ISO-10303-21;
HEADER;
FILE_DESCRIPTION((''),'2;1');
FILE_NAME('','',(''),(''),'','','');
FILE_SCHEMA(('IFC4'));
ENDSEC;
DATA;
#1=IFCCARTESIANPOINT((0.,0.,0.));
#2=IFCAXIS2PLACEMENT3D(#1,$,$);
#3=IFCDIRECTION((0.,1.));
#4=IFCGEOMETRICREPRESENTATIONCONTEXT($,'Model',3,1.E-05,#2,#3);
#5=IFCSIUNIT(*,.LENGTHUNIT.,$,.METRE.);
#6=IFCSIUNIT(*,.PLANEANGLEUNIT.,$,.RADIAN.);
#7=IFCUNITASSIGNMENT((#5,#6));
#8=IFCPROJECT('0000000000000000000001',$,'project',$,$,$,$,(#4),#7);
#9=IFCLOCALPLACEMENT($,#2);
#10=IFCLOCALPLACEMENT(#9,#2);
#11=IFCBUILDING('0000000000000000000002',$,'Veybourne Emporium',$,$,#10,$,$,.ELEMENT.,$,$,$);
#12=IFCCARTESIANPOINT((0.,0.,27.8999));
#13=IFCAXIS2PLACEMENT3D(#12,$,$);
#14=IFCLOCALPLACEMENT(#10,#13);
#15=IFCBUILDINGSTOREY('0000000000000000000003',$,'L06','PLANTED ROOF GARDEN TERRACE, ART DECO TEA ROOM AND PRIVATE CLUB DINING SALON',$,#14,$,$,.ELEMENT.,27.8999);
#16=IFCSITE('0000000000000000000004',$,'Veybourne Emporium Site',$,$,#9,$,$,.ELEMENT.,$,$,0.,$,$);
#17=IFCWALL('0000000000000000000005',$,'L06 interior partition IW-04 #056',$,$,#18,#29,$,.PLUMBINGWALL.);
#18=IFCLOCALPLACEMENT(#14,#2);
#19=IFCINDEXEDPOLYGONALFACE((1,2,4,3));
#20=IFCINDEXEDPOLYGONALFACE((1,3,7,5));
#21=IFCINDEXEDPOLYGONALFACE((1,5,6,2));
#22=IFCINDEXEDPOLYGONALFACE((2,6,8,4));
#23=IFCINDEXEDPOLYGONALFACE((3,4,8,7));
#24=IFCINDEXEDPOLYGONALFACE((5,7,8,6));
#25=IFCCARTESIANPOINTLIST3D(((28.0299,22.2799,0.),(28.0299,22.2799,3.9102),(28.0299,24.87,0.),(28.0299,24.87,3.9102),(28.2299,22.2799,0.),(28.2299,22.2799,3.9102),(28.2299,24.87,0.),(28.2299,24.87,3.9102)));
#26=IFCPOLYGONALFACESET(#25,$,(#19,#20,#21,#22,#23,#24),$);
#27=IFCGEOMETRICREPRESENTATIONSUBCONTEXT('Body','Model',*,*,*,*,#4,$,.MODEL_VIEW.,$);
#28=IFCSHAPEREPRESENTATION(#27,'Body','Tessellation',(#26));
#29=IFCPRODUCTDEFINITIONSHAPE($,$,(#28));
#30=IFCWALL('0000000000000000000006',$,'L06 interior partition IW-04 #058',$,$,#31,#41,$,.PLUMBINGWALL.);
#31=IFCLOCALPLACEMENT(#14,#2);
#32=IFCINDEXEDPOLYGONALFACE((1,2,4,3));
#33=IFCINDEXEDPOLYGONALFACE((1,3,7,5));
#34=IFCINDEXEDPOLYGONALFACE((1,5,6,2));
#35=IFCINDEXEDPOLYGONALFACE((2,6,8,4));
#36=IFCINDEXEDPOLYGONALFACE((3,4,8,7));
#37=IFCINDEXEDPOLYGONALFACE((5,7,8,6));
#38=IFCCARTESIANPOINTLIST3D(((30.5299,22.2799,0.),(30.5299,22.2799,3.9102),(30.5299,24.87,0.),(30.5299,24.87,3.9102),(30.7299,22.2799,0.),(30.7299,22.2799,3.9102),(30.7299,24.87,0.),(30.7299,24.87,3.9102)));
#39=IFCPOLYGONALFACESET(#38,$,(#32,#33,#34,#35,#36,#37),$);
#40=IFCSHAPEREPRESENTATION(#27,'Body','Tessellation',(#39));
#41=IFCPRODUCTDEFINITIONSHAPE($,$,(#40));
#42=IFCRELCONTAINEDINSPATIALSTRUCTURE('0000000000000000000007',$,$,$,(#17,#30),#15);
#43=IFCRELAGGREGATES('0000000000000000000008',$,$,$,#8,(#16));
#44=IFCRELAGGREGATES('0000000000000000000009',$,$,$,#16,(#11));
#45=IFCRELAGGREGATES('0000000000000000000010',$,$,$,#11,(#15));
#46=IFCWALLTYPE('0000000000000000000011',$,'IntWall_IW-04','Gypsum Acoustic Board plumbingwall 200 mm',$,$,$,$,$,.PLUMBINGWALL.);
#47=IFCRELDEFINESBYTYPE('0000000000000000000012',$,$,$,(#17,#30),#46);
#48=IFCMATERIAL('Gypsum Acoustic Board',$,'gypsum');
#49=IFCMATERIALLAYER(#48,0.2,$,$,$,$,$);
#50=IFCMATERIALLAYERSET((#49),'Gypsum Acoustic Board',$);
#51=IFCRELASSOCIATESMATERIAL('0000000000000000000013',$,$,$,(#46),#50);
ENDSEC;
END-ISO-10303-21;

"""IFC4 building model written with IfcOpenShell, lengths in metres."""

from ifc_helpers import new_model, si_unit, direction, frame, frame_2d, origin, place, context, subcontext, project, spatial, rectangle, extrude, material, layer, layer_set, type_object, element, save


model = new_model("IFC4")

# Units and contexts
model_context = context("Model", 3, precision=1e-05, world=origin(), true_north=direction((0.0, 1.0)))
body_context = subcontext(model_context, "Body", "Model", "MODEL_VIEW")
ifc_project = project(units=[si_unit("LENGTHUNIT", "METRE"), si_unit("PLANEANGLEUNIT", "RADIAN")], contexts=[model_context])

# Site, building, storey
site_placement = place(None, origin())
site = spatial("IfcSite", under=ifc_project, at=site_placement, Name="Veybourne Emporium Site", CompositionType="ELEMENT", RefElevation=0.0)
building_placement = place(site_placement, origin())
building = spatial("IfcBuilding", under=site, at=building_placement, Name="Veybourne Emporium", CompositionType="ELEMENT")
storey_placement = place(building_placement, frame((0.0, 0.0, 27.8999)))
storey = spatial("IfcBuildingStorey", under=building, at=storey_placement, Name="L06", Description="PLANTED ROOF GARDEN TERRACE, ART DECO TEA ROOM AND PRIVATE CLUB DINING SALON", CompositionType="ELEMENT", Elevation=27.8999)

# Shared definitions
ifc_material_1 = material(Name="Gypsum Acoustic Board", Category="gypsum")
ifc_layer_1 = layer(ifc_material_1, 0.2)
ifc_layer_set_1 = layer_set([ifc_layer_1], Name="Gypsum Acoustic Board")
wall_type_1 = type_object("IfcWallType", Name="IntWall_IW-04", Description="Gypsum Acoustic Board plumbingwall 200 mm", PredefinedType="PLUMBINGWALL", material=ifc_layer_set_1)

# Walls
for number, where, z_axis, x_axis, name in (
    (1, (28.1299, 22.28, 0.0), (0.0, 0.0, 1.0), (0.0, 1.0, 0.0), "L06 interior partition IW-04 #056"),
    (2, (30.6299, 22.28, 0.0), (0.0, 0.0, 1.0), (0.0, 1.0, 0.0), "L06 interior partition IW-04 #058"),
):
    element("IfcWall", number, at=place(storey_placement, frame(where, z_axis=z_axis, x_axis=x_axis)), inside=storey, type_object=wall_type_1, Name=name, PredefinedType="PLUMBINGWALL", context=body_context, shape_type="SweptSolid", body=[
        extrude(rectangle(XDim=2.5901, YDim=0.2, at=frame_2d((1.2949, 0.0))), origin(), (0.0, 0.0, 1.0), 3.9102),
    ])

save(model, "model.ifc")
